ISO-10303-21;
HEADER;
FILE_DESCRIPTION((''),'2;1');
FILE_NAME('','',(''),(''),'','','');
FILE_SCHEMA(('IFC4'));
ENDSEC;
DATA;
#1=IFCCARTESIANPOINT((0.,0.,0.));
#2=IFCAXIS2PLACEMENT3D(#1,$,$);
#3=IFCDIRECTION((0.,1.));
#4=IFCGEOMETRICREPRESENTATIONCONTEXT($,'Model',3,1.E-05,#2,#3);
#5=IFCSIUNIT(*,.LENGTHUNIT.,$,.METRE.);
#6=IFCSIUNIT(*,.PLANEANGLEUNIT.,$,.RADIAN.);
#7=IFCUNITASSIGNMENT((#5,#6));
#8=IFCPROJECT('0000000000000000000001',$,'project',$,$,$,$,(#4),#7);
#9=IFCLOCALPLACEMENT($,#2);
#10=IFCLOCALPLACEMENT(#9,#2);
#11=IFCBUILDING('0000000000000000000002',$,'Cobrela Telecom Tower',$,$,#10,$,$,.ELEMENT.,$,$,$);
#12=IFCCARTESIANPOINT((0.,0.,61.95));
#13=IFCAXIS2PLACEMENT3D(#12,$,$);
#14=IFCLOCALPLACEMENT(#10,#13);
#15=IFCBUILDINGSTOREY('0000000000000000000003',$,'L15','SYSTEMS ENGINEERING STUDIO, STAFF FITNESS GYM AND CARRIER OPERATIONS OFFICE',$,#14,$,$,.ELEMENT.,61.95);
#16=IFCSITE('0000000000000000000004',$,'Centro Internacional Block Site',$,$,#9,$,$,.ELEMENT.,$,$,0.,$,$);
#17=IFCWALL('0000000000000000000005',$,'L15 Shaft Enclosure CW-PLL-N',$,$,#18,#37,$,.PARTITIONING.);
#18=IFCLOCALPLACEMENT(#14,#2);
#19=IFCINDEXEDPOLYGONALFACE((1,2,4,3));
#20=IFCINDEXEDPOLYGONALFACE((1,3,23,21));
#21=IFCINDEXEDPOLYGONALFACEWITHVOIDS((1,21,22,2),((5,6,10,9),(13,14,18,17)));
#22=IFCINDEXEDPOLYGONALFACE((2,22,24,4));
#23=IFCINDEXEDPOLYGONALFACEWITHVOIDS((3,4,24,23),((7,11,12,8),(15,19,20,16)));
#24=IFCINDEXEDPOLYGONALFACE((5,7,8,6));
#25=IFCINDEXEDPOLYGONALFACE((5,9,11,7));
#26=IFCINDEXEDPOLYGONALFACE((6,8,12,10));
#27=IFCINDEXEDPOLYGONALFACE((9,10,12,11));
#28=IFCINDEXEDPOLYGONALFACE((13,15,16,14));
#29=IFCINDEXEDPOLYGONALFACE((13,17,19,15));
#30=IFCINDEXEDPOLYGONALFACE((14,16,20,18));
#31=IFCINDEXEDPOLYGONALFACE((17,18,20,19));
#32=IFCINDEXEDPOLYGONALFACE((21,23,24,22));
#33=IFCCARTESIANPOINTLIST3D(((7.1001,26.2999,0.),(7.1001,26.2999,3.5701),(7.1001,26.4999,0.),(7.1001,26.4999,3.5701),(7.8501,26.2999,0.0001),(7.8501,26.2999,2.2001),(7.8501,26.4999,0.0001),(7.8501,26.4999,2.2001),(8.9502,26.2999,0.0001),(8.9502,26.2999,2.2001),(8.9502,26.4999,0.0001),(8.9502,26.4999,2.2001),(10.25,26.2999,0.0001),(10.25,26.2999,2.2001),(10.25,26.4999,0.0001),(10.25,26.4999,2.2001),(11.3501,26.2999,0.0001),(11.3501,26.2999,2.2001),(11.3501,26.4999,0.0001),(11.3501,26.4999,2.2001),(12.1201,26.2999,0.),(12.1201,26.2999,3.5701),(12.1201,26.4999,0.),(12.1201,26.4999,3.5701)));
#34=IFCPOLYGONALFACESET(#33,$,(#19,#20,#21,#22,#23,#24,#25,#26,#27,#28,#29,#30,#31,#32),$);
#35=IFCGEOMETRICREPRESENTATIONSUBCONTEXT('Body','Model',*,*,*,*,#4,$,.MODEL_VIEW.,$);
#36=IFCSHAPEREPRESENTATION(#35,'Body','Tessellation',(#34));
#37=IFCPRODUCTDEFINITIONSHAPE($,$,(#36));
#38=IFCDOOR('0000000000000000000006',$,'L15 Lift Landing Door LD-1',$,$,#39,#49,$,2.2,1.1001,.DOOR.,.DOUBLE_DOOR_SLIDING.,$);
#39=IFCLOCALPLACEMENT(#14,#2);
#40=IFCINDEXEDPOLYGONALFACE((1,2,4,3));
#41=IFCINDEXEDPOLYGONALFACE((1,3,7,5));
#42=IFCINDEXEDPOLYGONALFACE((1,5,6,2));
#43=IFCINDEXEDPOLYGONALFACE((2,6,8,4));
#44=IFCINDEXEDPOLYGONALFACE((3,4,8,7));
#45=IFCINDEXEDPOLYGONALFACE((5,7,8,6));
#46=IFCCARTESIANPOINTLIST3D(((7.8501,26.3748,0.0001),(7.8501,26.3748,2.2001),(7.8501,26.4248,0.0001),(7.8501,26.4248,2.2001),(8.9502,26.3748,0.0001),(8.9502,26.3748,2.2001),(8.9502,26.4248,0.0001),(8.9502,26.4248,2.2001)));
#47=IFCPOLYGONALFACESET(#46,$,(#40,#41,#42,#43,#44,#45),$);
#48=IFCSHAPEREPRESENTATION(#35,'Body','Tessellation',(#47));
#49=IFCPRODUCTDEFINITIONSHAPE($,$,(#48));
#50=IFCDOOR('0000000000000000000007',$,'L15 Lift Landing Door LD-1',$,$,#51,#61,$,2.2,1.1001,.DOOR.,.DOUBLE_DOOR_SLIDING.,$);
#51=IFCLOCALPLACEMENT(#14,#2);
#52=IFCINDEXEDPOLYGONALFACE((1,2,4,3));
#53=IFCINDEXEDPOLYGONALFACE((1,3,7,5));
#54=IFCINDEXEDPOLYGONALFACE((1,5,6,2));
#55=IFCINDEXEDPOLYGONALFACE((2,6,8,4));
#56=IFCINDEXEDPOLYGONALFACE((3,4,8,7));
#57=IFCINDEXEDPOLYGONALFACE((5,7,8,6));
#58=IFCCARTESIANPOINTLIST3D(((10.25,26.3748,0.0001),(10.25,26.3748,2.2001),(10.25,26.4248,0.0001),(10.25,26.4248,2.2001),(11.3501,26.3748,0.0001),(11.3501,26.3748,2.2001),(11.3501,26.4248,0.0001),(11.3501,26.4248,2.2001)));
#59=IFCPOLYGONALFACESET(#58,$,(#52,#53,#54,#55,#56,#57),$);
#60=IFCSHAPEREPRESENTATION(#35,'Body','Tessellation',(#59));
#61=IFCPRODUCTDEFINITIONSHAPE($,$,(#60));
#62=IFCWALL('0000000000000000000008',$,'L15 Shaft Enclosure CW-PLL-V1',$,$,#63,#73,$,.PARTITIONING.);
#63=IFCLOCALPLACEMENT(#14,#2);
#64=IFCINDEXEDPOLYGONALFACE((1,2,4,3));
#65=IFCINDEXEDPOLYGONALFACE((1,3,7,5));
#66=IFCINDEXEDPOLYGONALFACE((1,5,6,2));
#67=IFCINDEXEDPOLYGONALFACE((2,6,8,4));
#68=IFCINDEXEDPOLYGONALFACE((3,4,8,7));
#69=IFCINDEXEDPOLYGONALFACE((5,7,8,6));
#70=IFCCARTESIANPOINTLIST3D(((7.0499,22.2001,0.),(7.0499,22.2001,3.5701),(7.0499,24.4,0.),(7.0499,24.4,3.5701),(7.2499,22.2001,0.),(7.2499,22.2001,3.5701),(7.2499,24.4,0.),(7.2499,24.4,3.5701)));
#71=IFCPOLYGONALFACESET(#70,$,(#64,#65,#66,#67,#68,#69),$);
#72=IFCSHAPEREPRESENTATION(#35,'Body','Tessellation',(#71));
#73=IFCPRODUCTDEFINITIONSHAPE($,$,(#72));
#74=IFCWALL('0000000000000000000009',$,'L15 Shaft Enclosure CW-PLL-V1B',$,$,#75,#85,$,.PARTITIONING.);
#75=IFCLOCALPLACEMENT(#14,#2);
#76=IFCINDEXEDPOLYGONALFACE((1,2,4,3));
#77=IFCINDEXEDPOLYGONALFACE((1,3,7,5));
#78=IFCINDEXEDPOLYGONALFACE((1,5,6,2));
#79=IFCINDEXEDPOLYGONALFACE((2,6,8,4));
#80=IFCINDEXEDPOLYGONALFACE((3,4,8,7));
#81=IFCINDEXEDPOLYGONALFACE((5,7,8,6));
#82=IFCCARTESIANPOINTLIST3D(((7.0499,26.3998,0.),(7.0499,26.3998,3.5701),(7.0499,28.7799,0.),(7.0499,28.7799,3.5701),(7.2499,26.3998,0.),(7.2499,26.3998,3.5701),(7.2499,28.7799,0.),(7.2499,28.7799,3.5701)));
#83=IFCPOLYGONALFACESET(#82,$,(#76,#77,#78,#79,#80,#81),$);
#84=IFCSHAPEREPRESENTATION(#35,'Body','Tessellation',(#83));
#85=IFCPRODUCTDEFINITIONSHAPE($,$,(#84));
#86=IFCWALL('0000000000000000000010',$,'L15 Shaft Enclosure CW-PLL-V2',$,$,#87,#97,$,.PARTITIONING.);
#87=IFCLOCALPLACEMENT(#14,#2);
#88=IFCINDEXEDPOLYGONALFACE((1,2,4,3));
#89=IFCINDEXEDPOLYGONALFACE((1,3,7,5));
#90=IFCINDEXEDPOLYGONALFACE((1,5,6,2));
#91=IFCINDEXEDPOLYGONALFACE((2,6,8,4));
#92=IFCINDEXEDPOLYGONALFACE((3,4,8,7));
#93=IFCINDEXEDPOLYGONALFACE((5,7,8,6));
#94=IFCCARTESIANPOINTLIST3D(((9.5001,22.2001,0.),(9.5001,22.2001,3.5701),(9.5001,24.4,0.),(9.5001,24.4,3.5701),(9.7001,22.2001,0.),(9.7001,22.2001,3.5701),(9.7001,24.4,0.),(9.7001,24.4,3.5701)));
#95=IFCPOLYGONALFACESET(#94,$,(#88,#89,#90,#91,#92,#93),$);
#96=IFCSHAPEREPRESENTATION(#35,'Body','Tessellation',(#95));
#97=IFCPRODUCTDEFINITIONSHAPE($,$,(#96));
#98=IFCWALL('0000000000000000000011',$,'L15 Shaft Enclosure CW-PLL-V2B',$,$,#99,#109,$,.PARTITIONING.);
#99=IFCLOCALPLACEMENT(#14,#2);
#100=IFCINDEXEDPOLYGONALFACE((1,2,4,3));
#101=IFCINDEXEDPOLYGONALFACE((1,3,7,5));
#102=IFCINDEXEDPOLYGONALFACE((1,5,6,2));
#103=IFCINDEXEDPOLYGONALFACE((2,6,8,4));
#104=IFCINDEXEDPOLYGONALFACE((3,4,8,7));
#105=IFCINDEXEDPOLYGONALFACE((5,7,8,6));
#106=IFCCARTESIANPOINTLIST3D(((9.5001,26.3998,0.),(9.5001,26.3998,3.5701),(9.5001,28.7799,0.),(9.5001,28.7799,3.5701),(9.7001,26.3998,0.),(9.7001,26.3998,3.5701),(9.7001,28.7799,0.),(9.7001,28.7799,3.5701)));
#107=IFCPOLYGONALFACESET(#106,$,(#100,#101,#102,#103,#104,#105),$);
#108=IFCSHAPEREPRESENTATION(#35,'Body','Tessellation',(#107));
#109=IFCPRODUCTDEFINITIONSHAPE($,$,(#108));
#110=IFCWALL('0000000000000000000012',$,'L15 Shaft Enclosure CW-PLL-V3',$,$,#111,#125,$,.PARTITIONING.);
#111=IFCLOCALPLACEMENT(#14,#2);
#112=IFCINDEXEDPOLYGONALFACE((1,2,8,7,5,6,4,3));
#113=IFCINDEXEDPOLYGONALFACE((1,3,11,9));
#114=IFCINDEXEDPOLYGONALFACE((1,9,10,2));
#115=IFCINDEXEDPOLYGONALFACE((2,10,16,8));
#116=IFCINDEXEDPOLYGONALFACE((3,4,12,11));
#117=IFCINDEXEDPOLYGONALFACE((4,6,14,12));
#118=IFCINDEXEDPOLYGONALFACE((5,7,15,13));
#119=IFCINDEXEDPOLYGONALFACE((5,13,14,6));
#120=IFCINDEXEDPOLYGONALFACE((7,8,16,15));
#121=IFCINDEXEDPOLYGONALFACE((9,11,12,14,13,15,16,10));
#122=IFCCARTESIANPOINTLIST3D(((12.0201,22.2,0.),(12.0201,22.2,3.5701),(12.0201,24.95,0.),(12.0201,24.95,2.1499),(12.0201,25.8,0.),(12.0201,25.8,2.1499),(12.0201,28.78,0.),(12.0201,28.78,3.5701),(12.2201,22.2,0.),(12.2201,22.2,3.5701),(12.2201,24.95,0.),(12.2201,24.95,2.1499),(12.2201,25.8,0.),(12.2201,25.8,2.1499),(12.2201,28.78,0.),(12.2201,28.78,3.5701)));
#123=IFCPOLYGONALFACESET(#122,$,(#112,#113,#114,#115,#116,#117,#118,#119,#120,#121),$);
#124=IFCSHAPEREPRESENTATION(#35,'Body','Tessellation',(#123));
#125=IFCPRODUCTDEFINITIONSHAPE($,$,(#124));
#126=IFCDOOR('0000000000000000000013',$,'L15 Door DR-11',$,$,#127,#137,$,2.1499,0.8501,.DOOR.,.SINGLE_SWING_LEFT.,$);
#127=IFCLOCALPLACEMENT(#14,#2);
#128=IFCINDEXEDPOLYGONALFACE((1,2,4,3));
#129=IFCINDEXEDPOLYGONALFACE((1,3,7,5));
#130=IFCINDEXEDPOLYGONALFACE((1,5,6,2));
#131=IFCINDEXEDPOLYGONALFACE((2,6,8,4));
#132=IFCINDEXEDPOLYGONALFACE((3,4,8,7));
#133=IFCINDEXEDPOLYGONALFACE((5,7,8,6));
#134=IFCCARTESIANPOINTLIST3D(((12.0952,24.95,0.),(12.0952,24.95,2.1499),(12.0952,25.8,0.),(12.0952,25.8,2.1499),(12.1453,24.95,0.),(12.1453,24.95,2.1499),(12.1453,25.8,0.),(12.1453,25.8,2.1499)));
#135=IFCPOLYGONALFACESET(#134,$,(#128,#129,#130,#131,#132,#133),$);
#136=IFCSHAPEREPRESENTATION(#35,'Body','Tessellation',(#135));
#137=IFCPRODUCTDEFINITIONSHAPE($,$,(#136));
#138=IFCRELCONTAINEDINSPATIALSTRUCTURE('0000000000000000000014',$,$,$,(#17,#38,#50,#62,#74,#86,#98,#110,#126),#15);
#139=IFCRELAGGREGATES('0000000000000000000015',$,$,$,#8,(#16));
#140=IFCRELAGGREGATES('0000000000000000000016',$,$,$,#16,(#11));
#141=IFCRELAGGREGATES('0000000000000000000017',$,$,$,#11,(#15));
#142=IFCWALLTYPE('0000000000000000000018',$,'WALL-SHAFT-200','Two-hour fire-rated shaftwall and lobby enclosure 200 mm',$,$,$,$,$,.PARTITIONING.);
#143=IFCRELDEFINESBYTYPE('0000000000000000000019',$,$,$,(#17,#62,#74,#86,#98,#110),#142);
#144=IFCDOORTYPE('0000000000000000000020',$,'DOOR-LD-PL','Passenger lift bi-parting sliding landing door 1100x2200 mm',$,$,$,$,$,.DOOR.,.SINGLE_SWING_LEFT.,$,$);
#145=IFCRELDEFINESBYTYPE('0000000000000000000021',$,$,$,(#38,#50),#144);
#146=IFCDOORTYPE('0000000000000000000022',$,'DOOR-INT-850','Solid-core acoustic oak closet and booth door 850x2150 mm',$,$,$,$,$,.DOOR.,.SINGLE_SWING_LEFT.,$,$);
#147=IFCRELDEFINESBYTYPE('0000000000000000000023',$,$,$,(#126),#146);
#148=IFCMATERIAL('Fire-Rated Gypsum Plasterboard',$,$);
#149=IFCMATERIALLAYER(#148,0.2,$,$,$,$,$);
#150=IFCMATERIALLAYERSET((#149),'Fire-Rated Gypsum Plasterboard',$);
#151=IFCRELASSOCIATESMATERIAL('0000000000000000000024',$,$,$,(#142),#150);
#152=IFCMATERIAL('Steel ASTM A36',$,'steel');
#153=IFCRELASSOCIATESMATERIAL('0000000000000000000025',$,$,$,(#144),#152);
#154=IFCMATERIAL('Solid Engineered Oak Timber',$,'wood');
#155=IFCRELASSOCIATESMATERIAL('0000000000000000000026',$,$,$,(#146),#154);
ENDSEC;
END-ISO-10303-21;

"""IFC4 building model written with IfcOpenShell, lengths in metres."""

from ifc_helpers import new_model, si_unit, direction, frame, frame_2d, origin, place, context, subcontext, project, spatial, rectangle, extrude, material, layer, layer_set, type_object, element, fill, save


model = new_model("IFC4")

# Units and contexts
model_context = context("Model", 3, precision=1e-05, world=origin(), true_north=direction((0.0, 1.0)))
body_context = subcontext(model_context, "Body", "Model", "MODEL_VIEW")
ifc_project = project(units=[si_unit("LENGTHUNIT", "METRE"), si_unit("PLANEANGLEUNIT", "RADIAN")], contexts=[model_context])

# Site, building, storey
site_placement = place(None, origin())
site = spatial("IfcSite", under=ifc_project, at=site_placement, Name="Centro Internacional Block Site", CompositionType="ELEMENT", RefElevation=0.0)
building_placement = place(site_placement, origin())
building = spatial("IfcBuilding", under=site, at=building_placement, Name="Cobrela Telecom Tower", CompositionType="ELEMENT")
storey_placement = place(building_placement, frame((0.0, 0.0, 61.95)))
storey = spatial("IfcBuildingStorey", under=building, at=storey_placement, Name="L15", Description="SYSTEMS ENGINEERING STUDIO, STAFF FITNESS GYM AND CARRIER OPERATIONS OFFICE", CompositionType="ELEMENT", Elevation=61.95)

# Shared definitions
ifc_material_1 = material(Name="Fire-Rated Gypsum Plasterboard")
ifc_layer_1 = layer(ifc_material_1, 0.2)
ifc_layer_set_1 = layer_set([ifc_layer_1], Name="Fire-Rated Gypsum Plasterboard")
wall_type_1 = type_object("IfcWallType", Name="WALL-SHAFT-200", Description="Two-hour fire-rated shaftwall and lobby enclosure 200 mm", PredefinedType="PARTITIONING", material=ifc_layer_set_1)

# Wall, openings, doors
ifc_material_2 = material(Name="Steel ASTM A36", Category="steel")
door_type_1 = type_object("IfcDoorType", Name="DOOR-LD-PL", Description="Passenger lift bi-parting sliding landing door 1100x2200 mm", OperationType="SINGLE_SWING_LEFT", PredefinedType="DOOR", material=ifc_material_2)
wall_1_placement = place(storey_placement, frame((7.1001, 26.3999, 0.0), z_axis=(0.0, 0.0, 1.0), x_axis=(1.0, 0.0, 0.0)))
wall_1 = element("IfcWall", 1, at=wall_1_placement, inside=storey, type_object=wall_type_1, Name="L15 Shaft Enclosure CW-PLL-N", PredefinedType="PARTITIONING", context=body_context, shape_type="SweptSolid", body=[
    extrude(rectangle(XDim=5.02, YDim=0.2, at=frame_2d((2.51, 0.0))), origin(), (0.0, 0.0, 1.0), 3.5701),
])
opening_1_placement = place(wall_1_placement, frame((0.75, 0.0, 0.0)))
opening_1 = element("IfcOpeningElement", 2, at=opening_1_placement, cuts=wall_1, PredefinedType="OPENING", context=body_context, shape_type="SweptSolid", body=[
    extrude(rectangle(XDim=1.1001, YDim=2.2, at=frame_2d((0.55, 1.1001))), frame((0.0, 0.1118, 0.0), z_axis=(0.0, -1.0, 0.0), x_axis=(1.0, 0.0, 0.0)), (0.0, 0.0, 1.0), 0.2239),
])
opening_2_placement = place(wall_1_placement, frame((3.1499, 0.0, 0.0)))
opening_2 = element("IfcOpeningElement", 3, at=opening_2_placement, cuts=wall_1, PredefinedType="OPENING", context=body_context, shape_type="SweptSolid", body=[
    extrude(rectangle(XDim=1.1001, YDim=2.2, at=frame_2d((0.55, 1.1001))), frame((0.0, 0.1118, 0.0), z_axis=(0.0, -1.0, 0.0), x_axis=(1.0, 0.0, 0.0)), (0.0, 0.0, 1.0), 0.2239),
])
door_1_placement = place(opening_1_placement, origin())
door_1 = element("IfcDoor", 4, at=door_1_placement, inside=storey, type_object=door_type_1, Name="L15 Lift Landing Door LD-1", OperationType="DOUBLE_DOOR_SLIDING", OverallHeight=2.2, OverallWidth=1.1001, PredefinedType="DOOR", context=body_context, shape_type="SweptSolid", body=[
    extrude(rectangle(XDim=1.1001, YDim=2.2, at=frame_2d((0.55, 1.1001))), frame((0.0, 0.0249, 0.0), z_axis=(0.0, -1.0, 0.0), x_axis=(1.0, 0.0, 0.0)), (0.0, 0.0, 1.0), 0.05),
])
fill(opening_1, door_1)
door_2_placement = place(opening_2_placement, origin())
door_2 = element("IfcDoor", 5, at=door_2_placement, inside=storey, type_object=door_type_1, Name="L15 Lift Landing Door LD-1", OperationType="DOUBLE_DOOR_SLIDING", OverallHeight=2.2, OverallWidth=1.1001, PredefinedType="DOOR", context=body_context, shape_type="SweptSolid", body=[
    extrude(rectangle(XDim=1.1001, YDim=2.2, at=frame_2d((0.55, 1.1001))), frame((0.0, 0.0249, 0.0), z_axis=(0.0, -1.0, 0.0), x_axis=(1.0, 0.0, 0.0)), (0.0, 0.0, 1.0), 0.05),
])
fill(opening_2, door_2)

# Walls
wall_2_placement = place(storey_placement, frame((7.1499, 22.2, 0.0), z_axis=(0.0, 0.0, 1.0), x_axis=(0.0, 1.0, 0.0)))
element("IfcWall", 6, at=wall_2_placement, inside=storey, type_object=wall_type_1, Name="L15 Shaft Enclosure CW-PLL-V1", PredefinedType="PARTITIONING", context=body_context, shape_type="SweptSolid", body=[
    extrude(rectangle(XDim=2.2, YDim=0.2, at=frame_2d((1.1001, 0.0))), origin(), (0.0, 0.0, 1.0), 3.5701),
])
wall_3_placement = place(storey_placement, frame((7.1499, 26.3999, 0.0), z_axis=(0.0, 0.0, 1.0), x_axis=(0.0, 1.0, 0.0)))
element("IfcWall", 7, at=wall_3_placement, inside=storey, type_object=wall_type_1, Name="L15 Shaft Enclosure CW-PLL-V1B", PredefinedType="PARTITIONING", context=body_context, shape_type="SweptSolid", body=[
    extrude(rectangle(XDim=2.3801, YDim=0.2, at=frame_2d((1.1899, 0.0))), origin(), (0.0, 0.0, 1.0), 3.5701),
])
wall_4_placement = place(storey_placement, frame((9.6001, 22.2, 0.0), z_axis=(0.0, 0.0, 1.0), x_axis=(0.0, 1.0, 0.0)))
element("IfcWall", 8, at=wall_4_placement, inside=storey, type_object=wall_type_1, Name="L15 Shaft Enclosure CW-PLL-V2", PredefinedType="PARTITIONING", context=body_context, shape_type="SweptSolid", body=[
    extrude(rectangle(XDim=2.2, YDim=0.2, at=frame_2d((1.1001, 0.0))), origin(), (0.0, 0.0, 1.0), 3.5701),
])
wall_5_placement = place(storey_placement, frame((9.6001, 26.3999, 0.0), z_axis=(0.0, 0.0, 1.0), x_axis=(0.0, 1.0, 0.0)))
element("IfcWall", 9, at=wall_5_placement, inside=storey, type_object=wall_type_1, Name="L15 Shaft Enclosure CW-PLL-V2B", PredefinedType="PARTITIONING", context=body_context, shape_type="SweptSolid", body=[
    extrude(rectangle(XDim=2.3801, YDim=0.2, at=frame_2d((1.1899, 0.0))), origin(), (0.0, 0.0, 1.0), 3.5701),
])

# Wall, opening, door
wall_6_placement = place(storey_placement, frame((12.1201, 22.2, 0.0), z_axis=(0.0, 0.0, 1.0), x_axis=(0.0, 1.0, 0.0)))
wall_6 = element("IfcWall", 10, at=wall_6_placement, inside=storey, type_object=wall_type_1, Name="L15 Shaft Enclosure CW-PLL-V3", PredefinedType="PARTITIONING", context=body_context, shape_type="SweptSolid", body=[
    extrude(rectangle(XDim=6.5801, YDim=0.2, at=frame_2d((3.29, 0.0))), origin(), (0.0, 0.0, 1.0), 3.5701),
])
opening_3_placement = place(wall_6_placement, frame((2.75, 0.0, 0.0)))
opening_3 = element("IfcOpeningElement", 11, at=opening_3_placement, cuts=wall_6, PredefinedType="OPENING", context=body_context, shape_type="SweptSolid", body=[
    extrude(rectangle(XDim=0.8501, YDim=2.1499, at=frame_2d((0.425, 1.075))), frame((0.0, 0.1118, 0.0), z_axis=(0.0, -1.0, 0.0), x_axis=(1.0, 0.0, 0.0)), (0.0, 0.0, 1.0), 0.2239),
])
ifc_material_3 = material(Name="Solid Engineered Oak Timber", Category="wood")
door_type_2 = type_object("IfcDoorType", Name="DOOR-INT-850", Description="Solid-core acoustic oak closet and booth door 850x2150 mm", OperationType="SINGLE_SWING_LEFT", PredefinedType="DOOR", material=ifc_material_3)
door_3_placement = place(opening_3_placement, origin())
door_3 = element("IfcDoor", 12, at=door_3_placement, inside=storey, type_object=door_type_2, Name="L15 Door DR-11", OperationType="SINGLE_SWING_LEFT", OverallHeight=2.1499, OverallWidth=0.8501, PredefinedType="DOOR", context=body_context, shape_type="SweptSolid", body=[
    extrude(rectangle(XDim=0.8501, YDim=2.1499, at=frame_2d((0.425, 1.075))), frame((0.0, 0.0249, 0.0), z_axis=(0.0, -1.0, 0.0), x_axis=(1.0, 0.0, 0.0)), (0.0, 0.0, 1.0), 0.05),
])
fill(opening_3, door_3)

save(model, "model.ifc")
